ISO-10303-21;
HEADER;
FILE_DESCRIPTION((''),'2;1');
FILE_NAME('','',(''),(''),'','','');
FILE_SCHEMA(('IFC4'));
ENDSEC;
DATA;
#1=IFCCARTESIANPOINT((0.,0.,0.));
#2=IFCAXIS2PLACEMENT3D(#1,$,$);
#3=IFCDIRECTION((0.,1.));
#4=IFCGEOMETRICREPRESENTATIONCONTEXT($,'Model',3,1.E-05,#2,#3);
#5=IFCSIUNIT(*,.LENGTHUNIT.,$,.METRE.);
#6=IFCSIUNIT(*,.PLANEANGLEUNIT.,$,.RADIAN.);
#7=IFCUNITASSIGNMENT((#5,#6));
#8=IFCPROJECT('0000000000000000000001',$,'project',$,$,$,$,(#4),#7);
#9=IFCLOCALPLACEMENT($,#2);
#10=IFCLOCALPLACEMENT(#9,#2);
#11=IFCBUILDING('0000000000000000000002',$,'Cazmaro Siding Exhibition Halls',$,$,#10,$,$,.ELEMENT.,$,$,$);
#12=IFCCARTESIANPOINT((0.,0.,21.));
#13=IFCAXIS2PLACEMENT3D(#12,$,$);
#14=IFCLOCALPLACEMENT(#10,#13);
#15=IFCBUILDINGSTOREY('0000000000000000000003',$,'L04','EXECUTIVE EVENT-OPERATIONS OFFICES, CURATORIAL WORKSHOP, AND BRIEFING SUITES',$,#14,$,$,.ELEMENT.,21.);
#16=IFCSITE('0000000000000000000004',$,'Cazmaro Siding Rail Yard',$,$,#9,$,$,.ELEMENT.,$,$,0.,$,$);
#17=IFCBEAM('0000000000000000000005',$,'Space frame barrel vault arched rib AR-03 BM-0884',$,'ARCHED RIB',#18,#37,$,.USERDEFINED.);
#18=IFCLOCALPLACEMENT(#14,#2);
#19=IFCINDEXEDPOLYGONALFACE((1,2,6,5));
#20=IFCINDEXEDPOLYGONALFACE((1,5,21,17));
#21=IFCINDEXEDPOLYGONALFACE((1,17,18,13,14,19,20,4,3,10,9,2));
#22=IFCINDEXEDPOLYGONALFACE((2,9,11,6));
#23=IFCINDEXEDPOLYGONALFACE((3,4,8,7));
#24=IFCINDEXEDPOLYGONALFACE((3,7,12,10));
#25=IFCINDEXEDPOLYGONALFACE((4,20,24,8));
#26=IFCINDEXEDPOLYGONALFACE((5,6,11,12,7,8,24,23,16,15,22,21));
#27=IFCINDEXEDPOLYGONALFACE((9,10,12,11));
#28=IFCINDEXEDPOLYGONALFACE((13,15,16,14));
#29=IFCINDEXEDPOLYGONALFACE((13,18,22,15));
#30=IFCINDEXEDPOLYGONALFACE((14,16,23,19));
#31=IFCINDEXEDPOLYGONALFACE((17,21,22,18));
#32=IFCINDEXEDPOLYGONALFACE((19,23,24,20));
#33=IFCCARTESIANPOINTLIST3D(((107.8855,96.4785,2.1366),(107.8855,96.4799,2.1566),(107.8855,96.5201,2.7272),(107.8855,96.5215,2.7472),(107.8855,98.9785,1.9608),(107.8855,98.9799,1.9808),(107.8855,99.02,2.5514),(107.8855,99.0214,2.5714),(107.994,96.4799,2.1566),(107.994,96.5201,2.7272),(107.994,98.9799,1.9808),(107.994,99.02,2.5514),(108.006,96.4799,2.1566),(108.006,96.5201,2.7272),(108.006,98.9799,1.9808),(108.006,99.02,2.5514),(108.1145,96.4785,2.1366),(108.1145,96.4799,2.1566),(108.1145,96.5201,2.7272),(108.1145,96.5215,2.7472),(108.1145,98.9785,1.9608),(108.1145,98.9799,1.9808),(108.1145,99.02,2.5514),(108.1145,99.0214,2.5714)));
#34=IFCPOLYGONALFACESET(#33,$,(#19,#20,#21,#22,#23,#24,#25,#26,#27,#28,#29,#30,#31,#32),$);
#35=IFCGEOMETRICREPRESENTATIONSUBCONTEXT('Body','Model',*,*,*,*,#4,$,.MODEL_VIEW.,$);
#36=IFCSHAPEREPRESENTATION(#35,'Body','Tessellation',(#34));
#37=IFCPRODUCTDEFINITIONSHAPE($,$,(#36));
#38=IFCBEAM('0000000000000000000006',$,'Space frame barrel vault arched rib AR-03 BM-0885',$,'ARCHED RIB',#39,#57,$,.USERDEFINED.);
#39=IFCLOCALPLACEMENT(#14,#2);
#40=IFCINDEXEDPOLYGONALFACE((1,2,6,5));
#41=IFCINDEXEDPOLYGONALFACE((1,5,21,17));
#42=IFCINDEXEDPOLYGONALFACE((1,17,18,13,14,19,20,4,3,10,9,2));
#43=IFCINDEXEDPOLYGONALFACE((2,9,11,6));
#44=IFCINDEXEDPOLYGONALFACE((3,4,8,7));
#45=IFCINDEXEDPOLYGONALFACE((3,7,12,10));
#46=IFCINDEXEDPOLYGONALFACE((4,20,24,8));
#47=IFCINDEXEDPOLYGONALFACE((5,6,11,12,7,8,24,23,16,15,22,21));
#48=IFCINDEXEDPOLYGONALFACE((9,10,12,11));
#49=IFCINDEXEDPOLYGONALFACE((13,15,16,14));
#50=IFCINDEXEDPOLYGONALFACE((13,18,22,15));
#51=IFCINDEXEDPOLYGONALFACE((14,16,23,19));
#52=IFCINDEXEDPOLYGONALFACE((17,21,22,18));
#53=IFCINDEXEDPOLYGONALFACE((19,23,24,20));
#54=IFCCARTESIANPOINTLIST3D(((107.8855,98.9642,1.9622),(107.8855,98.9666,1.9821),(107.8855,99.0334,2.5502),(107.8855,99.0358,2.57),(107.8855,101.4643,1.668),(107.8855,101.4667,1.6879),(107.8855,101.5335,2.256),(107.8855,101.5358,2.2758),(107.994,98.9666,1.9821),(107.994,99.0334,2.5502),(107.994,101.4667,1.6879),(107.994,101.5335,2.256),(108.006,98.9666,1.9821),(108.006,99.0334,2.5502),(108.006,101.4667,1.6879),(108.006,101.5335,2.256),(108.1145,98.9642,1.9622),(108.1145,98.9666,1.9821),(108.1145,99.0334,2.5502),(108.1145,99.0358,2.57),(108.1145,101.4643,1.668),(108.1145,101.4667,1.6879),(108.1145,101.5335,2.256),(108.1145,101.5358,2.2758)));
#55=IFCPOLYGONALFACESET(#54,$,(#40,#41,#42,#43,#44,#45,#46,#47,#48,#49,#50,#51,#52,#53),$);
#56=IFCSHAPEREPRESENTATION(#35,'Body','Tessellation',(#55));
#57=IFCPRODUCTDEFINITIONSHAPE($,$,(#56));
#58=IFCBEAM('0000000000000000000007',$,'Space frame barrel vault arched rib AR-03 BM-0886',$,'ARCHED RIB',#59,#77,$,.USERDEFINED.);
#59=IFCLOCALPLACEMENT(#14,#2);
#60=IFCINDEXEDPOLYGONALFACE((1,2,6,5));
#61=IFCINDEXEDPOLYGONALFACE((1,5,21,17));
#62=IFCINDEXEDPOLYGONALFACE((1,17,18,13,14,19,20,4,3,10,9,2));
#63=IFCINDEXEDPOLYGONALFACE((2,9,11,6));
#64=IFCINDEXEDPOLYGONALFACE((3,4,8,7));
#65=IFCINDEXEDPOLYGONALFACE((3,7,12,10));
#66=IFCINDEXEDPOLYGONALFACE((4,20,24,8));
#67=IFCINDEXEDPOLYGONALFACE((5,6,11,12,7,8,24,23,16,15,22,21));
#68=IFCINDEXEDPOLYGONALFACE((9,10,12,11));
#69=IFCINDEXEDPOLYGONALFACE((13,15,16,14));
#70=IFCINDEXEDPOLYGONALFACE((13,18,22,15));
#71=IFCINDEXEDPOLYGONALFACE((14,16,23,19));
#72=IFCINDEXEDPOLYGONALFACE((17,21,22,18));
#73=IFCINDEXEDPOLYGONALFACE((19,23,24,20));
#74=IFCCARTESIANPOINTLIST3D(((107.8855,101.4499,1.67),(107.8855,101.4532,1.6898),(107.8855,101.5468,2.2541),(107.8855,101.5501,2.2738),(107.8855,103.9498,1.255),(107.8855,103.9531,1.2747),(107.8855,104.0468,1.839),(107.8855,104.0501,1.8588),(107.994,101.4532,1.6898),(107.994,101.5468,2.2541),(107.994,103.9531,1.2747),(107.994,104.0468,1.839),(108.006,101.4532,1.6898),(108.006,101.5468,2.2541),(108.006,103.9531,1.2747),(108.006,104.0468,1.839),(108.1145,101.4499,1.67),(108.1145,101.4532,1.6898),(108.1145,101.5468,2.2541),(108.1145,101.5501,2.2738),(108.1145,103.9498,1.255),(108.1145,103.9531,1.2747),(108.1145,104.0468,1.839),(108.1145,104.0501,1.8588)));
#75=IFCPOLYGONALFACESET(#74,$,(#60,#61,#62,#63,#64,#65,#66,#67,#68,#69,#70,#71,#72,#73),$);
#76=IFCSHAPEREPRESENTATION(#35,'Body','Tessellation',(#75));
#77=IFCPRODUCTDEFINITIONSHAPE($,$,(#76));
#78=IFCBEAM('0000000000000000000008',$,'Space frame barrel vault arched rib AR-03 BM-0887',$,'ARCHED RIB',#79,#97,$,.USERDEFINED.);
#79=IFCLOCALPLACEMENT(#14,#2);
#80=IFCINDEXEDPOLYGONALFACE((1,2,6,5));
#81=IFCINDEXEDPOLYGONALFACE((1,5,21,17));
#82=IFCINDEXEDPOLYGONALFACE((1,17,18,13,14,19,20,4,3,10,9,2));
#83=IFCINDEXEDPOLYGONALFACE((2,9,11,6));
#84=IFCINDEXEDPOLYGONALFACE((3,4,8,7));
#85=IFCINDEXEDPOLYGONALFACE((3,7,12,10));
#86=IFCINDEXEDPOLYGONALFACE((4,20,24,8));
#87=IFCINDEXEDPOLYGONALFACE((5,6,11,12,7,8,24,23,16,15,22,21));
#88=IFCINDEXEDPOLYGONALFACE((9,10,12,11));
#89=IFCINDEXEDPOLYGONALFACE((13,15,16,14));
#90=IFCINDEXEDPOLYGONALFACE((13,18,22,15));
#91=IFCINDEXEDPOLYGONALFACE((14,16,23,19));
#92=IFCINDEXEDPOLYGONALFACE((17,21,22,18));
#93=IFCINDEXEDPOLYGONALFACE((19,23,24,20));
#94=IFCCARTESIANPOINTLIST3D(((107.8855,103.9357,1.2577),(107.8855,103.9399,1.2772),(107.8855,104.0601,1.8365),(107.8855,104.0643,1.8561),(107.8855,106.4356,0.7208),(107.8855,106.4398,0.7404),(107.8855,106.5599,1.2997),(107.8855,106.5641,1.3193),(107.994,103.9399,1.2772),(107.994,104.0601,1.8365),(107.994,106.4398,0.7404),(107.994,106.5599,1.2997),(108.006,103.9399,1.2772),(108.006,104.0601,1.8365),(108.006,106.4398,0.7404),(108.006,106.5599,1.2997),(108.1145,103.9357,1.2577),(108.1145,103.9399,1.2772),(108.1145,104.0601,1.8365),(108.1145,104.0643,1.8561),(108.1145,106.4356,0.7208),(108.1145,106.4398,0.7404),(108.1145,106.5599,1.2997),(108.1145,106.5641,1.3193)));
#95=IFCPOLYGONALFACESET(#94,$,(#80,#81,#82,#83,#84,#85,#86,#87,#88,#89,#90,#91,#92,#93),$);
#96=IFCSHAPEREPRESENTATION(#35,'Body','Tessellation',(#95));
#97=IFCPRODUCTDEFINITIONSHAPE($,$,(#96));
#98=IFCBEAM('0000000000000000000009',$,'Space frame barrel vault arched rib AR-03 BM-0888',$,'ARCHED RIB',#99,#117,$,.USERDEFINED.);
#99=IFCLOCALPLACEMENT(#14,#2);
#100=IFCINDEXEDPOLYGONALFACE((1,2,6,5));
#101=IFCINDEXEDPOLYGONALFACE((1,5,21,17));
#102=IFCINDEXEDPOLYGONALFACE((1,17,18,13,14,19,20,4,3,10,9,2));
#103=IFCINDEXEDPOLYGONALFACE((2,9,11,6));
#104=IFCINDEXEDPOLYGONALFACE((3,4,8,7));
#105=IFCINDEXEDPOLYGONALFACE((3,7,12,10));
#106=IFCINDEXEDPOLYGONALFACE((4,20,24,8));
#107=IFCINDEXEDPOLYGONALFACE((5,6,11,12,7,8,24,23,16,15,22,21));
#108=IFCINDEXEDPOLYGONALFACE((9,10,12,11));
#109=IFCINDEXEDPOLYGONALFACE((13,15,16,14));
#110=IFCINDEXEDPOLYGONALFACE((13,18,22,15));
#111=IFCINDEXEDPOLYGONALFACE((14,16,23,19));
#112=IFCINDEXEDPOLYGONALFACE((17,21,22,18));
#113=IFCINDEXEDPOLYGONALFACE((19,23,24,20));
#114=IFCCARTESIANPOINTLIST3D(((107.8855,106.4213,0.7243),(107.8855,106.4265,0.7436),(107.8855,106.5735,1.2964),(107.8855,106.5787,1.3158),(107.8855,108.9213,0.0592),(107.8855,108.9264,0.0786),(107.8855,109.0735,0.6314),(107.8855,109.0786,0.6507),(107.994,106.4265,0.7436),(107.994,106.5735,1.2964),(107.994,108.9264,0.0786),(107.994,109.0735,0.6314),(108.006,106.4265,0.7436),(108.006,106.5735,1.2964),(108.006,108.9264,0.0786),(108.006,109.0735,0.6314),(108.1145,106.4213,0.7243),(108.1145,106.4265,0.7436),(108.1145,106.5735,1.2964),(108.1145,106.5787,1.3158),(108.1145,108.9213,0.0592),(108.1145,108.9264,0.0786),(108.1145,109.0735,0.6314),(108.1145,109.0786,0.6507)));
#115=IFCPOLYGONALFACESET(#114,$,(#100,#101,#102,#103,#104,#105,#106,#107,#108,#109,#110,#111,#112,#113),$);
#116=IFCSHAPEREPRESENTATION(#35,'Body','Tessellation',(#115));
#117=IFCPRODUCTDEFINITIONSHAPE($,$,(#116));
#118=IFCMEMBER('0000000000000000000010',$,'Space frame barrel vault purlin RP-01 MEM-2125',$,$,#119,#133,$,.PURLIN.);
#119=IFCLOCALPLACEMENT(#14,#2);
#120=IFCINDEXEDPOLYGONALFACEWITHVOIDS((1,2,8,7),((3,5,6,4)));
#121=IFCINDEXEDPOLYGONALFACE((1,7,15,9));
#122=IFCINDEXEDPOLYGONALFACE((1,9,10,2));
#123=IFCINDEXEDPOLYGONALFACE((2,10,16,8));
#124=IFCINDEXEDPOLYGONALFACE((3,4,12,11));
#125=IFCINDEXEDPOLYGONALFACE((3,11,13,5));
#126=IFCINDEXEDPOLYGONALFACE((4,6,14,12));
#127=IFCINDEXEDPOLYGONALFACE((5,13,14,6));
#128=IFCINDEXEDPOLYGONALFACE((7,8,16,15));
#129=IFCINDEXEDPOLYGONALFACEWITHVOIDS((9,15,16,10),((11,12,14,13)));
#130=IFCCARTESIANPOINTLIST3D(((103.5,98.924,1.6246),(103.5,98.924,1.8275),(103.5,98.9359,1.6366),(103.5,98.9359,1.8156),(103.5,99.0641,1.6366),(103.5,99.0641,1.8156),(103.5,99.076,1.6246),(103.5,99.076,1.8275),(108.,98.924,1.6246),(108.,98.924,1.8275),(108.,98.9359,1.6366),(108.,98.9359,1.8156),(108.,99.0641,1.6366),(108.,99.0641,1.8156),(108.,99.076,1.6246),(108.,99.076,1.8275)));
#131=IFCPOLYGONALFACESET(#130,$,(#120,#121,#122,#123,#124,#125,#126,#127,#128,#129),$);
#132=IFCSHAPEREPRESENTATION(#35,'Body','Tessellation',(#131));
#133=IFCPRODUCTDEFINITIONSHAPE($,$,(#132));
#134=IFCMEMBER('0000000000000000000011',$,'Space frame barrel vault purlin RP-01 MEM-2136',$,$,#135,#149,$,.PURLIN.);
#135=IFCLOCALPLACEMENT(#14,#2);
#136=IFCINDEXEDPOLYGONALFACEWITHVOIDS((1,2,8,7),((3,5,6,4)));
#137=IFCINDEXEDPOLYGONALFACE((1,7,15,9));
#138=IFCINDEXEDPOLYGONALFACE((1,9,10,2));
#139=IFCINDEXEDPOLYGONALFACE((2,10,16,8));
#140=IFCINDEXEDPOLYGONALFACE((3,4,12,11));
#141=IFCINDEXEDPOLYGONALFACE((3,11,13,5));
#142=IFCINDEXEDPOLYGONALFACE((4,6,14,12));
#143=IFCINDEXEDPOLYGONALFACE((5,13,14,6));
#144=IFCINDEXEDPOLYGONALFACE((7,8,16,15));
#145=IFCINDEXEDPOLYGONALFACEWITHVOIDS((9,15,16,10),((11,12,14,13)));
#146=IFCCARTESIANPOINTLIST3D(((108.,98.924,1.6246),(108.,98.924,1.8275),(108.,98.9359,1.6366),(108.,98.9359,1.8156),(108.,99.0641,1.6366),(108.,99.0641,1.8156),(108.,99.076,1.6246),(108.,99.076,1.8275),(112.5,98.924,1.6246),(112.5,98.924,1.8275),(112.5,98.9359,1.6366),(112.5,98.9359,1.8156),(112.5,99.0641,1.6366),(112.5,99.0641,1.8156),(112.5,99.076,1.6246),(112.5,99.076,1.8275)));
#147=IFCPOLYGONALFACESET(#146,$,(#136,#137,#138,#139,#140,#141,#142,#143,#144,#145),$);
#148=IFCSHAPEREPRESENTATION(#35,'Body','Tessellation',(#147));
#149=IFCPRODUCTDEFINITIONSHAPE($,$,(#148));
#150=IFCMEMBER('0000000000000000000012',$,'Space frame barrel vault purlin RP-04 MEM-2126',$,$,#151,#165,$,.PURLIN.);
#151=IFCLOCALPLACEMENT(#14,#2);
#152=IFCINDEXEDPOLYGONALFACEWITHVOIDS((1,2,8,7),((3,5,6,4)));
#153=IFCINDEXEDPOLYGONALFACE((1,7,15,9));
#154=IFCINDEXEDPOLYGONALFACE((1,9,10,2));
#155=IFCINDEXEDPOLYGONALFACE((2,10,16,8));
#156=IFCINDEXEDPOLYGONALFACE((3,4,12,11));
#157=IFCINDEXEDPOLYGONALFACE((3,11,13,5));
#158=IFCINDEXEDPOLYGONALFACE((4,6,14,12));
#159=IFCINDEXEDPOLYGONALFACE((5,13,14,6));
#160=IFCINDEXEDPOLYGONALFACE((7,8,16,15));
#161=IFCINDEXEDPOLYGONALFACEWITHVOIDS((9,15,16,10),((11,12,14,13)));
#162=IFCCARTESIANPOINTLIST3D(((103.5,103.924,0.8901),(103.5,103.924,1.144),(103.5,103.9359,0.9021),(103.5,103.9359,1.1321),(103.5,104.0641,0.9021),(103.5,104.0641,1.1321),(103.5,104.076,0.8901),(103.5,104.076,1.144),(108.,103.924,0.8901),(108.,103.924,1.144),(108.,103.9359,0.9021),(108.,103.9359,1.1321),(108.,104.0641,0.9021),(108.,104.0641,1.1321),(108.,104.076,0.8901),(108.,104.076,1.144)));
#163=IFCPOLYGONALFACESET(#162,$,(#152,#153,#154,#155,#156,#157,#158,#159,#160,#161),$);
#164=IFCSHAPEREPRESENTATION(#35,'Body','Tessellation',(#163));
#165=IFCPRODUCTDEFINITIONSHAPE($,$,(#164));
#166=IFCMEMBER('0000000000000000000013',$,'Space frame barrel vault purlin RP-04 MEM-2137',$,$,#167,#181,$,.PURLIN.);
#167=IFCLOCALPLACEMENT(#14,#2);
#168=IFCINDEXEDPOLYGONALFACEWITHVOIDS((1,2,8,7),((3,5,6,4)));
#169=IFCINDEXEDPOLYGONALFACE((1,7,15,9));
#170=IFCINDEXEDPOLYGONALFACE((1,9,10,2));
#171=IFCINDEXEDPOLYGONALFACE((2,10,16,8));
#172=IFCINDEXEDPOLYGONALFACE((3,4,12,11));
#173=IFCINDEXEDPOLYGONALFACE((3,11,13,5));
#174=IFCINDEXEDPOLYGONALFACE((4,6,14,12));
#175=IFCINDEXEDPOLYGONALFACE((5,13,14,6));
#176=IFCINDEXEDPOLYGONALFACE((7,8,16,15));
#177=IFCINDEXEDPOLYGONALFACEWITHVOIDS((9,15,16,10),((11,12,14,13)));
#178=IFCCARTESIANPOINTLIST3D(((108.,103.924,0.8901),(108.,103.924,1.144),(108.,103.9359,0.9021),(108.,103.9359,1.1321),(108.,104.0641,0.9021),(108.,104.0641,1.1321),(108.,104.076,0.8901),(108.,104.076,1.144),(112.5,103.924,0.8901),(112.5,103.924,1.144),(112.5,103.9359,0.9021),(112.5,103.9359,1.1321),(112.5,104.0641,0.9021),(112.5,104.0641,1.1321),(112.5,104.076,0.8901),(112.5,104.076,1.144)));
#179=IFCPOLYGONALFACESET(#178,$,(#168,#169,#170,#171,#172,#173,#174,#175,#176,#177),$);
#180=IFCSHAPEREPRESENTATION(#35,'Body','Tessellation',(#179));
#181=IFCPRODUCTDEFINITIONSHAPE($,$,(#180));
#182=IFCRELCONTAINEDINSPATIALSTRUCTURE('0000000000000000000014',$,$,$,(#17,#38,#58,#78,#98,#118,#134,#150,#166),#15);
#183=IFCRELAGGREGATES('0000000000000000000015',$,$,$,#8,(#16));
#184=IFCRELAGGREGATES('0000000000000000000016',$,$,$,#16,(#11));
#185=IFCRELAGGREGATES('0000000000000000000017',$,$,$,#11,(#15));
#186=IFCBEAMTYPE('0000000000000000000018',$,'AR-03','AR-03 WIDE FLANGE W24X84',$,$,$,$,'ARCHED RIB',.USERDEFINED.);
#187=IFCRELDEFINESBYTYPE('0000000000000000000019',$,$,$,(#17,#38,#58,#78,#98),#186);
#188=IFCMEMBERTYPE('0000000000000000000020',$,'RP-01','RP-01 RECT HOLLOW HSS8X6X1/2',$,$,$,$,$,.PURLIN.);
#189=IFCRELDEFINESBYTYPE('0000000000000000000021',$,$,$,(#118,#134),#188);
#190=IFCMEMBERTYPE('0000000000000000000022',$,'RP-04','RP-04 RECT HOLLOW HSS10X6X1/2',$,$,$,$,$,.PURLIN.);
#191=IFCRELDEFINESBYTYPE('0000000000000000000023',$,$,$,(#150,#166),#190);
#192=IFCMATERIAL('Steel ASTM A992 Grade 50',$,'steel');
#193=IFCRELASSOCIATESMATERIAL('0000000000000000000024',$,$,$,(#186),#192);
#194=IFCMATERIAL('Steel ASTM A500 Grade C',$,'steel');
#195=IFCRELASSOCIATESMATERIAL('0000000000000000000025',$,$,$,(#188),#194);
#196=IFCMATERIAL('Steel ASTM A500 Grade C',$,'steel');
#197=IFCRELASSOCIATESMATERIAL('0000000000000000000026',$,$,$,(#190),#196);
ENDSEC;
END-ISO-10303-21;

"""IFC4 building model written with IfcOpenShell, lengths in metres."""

from ifc_helpers import new_model, si_unit, direction, frame, origin, origin_2d, place, context, subcontext, project, spatial, hollow_rectangle, i_section, extrude, material, material_profile, profile_set, type_object, element, save


model = new_model("IFC4")

# Units and contexts
model_context = context("Model", 3, precision=1e-05, world=origin(), true_north=direction((0.0, 1.0)))
body_context = subcontext(model_context, "Body", "Model", "MODEL_VIEW")
ifc_project = project(units=[si_unit("LENGTHUNIT", "METRE"), si_unit("PLANEANGLEUNIT", "RADIAN")], contexts=[model_context])

# Site, building, storey
site_placement = place(None, origin())
site = spatial("IfcSite", under=ifc_project, at=site_placement, Name="Cazmaro Siding Rail Yard", CompositionType="ELEMENT", RefElevation=0.0)
building_placement = place(site_placement, origin())
building = spatial("IfcBuilding", under=site, at=building_placement, Name="Cazmaro Siding Exhibition Halls", CompositionType="ELEMENT")
storey_placement = place(building_placement, frame((0.0, 0.0, 21.0)))
storey = spatial("IfcBuildingStorey", under=building, at=storey_placement, Name="L04", Description="EXECUTIVE EVENT-OPERATIONS OFFICES, CURATORIAL WORKSHOP, AND BRIEFING SUITES", CompositionType="ELEMENT", Elevation=21.0)

# Beams
ifc_material_1 = material(Name="Steel ASTM A992 Grade 50", Category="steel")
ifc_material_profile_1 = material_profile(ifc_material_1, i_section(OverallWidth=0.229, OverallDepth=0.6121, WebThickness=0.012, FlangeThickness=0.02, at=origin_2d()), Name="W24X84")
ifc_profile_set_1 = profile_set([ifc_material_profile_1], Name="Steel ASTM A992 Grade 50")
beam_type = type_object("IfcBeamType", Name="AR-03", Description="AR-03 WIDE FLANGE W24X84", ElementType="ARCHED RIB", PredefinedType="USERDEFINED", material=ifc_profile_set_1)
beam_1_placement = place(storey_placement, frame((108.0, 96.5, 2.4419), z_axis=(0.0, 0.997537, -0.070139), x_axis=(-1.0, 0.0, 0.0)))
element("IfcBeam", 1, at=beam_1_placement, inside=storey, type_object=beam_type, Name="Space frame barrel vault arched rib AR-03 BM-0884", ObjectType="ARCHED RIB", PredefinedType="USERDEFINED", context=body_context, shape_type="SweptSolid", body=[
    extrude(i_section(OverallWidth=0.229, OverallDepth=0.6121, WebThickness=0.012, FlangeThickness=0.02, at=origin_2d()), origin(), (0.0, 0.0, 1.0), 2.5061),
])
beam_2_placement = place(storey_placement, frame((108.0, 99.0, 2.2661), z_axis=(0.0, 0.993147, -0.116869), x_axis=(-1.0, 0.0, 0.0)))
element("IfcBeam", 2, at=beam_2_placement, inside=storey, type_object=beam_type, Name="Space frame barrel vault arched rib AR-03 BM-0885", ObjectType="ARCHED RIB", PredefinedType="USERDEFINED", context=body_context, shape_type="SweptSolid", body=[
    extrude(i_section(OverallWidth=0.229, OverallDepth=0.6121, WebThickness=0.012, FlangeThickness=0.02, at=origin_2d()), origin(), (0.0, 0.0, 1.0), 2.5173),
])
beam_3_placement = place(storey_placement, frame((108.0, 101.5, 1.9719), z_axis=(0.0, 0.986498, -0.163774), x_axis=(-1.0, 0.0, 0.0)))
element("IfcBeam", 3, at=beam_3_placement, inside=storey, type_object=beam_type, Name="Space frame barrel vault arched rib AR-03 BM-0886", ObjectType="ARCHED RIB", PredefinedType="USERDEFINED", context=body_context, shape_type="SweptSolid", body=[
    extrude(i_section(OverallWidth=0.229, OverallDepth=0.6121, WebThickness=0.012, FlangeThickness=0.02, at=origin_2d()), origin(), (0.0, 0.0, 1.0), 2.5342),
])
beam_4_placement = place(storey_placement, frame((108.0, 104.0, 1.5569), z_axis=(0.0, 0.97771, -0.209959), x_axis=(-1.0, 0.0, 0.0)))
element("IfcBeam", 4, at=beam_4_placement, inside=storey, type_object=beam_type, Name="Space frame barrel vault arched rib AR-03 BM-0887", ObjectType="ARCHED RIB", PredefinedType="USERDEFINED", context=body_context, shape_type="SweptSolid", body=[
    extrude(i_section(OverallWidth=0.229, OverallDepth=0.6121, WebThickness=0.012, FlangeThickness=0.02, at=origin_2d()), origin(), (0.0, 0.0, 1.0), 2.5569),
])
beam_5_placement = place(storey_placement, frame((108.0, 106.5, 1.02), z_axis=(0.0, 0.966391, -0.257075), x_axis=(-1.0, 0.0, 0.0)))
element("IfcBeam", 5, at=beam_5_placement, inside=storey, type_object=beam_type, Name="Space frame barrel vault arched rib AR-03 BM-0888", ObjectType="ARCHED RIB", PredefinedType="USERDEFINED", context=body_context, shape_type="SweptSolid", body=[
    extrude(i_section(OverallWidth=0.229, OverallDepth=0.6121, WebThickness=0.012, FlangeThickness=0.02, at=origin_2d()), origin(), (0.0, 0.0, 1.0), 2.5869),
])

# Members
ifc_material_2 = material(Name="Steel ASTM A500 Grade C", Category="steel")
ifc_material_profile_2 = material_profile(ifc_material_2, hollow_rectangle(XDim=0.1521, YDim=0.2029, WallThickness=0.012, at=origin_2d()), Name="HSS8X6X1/2")
ifc_profile_set_2 = profile_set([ifc_material_profile_2], Name="Steel ASTM A500 Grade C")
member_type_1 = type_object("IfcMemberType", Name="RP-01", Description="RP-01 RECT HOLLOW HSS8X6X1/2", PredefinedType="PURLIN", material=ifc_profile_set_2)
for number, where, z_axis, x_axis, name in (
    (6, (103.5, 99.0, 1.7261), (1.0, 0.0, 0.0), (0.0, 1.0, 0.0), "Space frame barrel vault purlin RP-01 MEM-2125"),
    (7, (108.0, 99.0, 1.7261), (1.0, 0.0, 0.0), (0.0, 1.0, 0.0), "Space frame barrel vault purlin RP-01 MEM-2136"),
):
    element("IfcMember", number, at=place(storey_placement, frame(where, z_axis=z_axis, x_axis=x_axis)), inside=storey, type_object=member_type_1, Name=name, PredefinedType="PURLIN", context=body_context, shape_type="SweptSolid", body=[
        extrude(hollow_rectangle(XDim=0.1521, YDim=0.2029, WallThickness=0.012, at=origin_2d()), origin(), (0.0, 0.0, 1.0), 4.5),
    ])
ifc_material_3 = material(Name="Steel ASTM A500 Grade C", Category="steel")
ifc_material_profile_3 = material_profile(ifc_material_3, hollow_rectangle(XDim=0.1521, YDim=0.2539, WallThickness=0.012, at=origin_2d()), Name="HSS10X6X1/2")
ifc_profile_set_3 = profile_set([ifc_material_profile_3], Name="Steel ASTM A500 Grade C")
member_type_2 = type_object("IfcMemberType", Name="RP-04", Description="RP-04 RECT HOLLOW HSS10X6X1/2", PredefinedType="PURLIN", material=ifc_profile_set_3)
for number, where, z_axis, x_axis, name in (
    (8, (103.5, 104.0, 1.0171), (1.0, 0.0, 0.0), (0.0, 1.0, 0.0), "Space frame barrel vault purlin RP-04 MEM-2126"),
    (9, (108.0, 104.0, 1.0171), (1.0, 0.0, 0.0), (0.0, 1.0, 0.0), "Space frame barrel vault purlin RP-04 MEM-2137"),
):
    element("IfcMember", number, at=place(storey_placement, frame(where, z_axis=z_axis, x_axis=x_axis)), inside=storey, type_object=member_type_2, Name=name, PredefinedType="PURLIN", context=body_context, shape_type="SweptSolid", body=[
        extrude(hollow_rectangle(XDim=0.1521, YDim=0.2539, WallThickness=0.012, at=origin_2d()), origin(), (0.0, 0.0, 1.0), 4.5),
    ])

save(model, "model.ifc")
